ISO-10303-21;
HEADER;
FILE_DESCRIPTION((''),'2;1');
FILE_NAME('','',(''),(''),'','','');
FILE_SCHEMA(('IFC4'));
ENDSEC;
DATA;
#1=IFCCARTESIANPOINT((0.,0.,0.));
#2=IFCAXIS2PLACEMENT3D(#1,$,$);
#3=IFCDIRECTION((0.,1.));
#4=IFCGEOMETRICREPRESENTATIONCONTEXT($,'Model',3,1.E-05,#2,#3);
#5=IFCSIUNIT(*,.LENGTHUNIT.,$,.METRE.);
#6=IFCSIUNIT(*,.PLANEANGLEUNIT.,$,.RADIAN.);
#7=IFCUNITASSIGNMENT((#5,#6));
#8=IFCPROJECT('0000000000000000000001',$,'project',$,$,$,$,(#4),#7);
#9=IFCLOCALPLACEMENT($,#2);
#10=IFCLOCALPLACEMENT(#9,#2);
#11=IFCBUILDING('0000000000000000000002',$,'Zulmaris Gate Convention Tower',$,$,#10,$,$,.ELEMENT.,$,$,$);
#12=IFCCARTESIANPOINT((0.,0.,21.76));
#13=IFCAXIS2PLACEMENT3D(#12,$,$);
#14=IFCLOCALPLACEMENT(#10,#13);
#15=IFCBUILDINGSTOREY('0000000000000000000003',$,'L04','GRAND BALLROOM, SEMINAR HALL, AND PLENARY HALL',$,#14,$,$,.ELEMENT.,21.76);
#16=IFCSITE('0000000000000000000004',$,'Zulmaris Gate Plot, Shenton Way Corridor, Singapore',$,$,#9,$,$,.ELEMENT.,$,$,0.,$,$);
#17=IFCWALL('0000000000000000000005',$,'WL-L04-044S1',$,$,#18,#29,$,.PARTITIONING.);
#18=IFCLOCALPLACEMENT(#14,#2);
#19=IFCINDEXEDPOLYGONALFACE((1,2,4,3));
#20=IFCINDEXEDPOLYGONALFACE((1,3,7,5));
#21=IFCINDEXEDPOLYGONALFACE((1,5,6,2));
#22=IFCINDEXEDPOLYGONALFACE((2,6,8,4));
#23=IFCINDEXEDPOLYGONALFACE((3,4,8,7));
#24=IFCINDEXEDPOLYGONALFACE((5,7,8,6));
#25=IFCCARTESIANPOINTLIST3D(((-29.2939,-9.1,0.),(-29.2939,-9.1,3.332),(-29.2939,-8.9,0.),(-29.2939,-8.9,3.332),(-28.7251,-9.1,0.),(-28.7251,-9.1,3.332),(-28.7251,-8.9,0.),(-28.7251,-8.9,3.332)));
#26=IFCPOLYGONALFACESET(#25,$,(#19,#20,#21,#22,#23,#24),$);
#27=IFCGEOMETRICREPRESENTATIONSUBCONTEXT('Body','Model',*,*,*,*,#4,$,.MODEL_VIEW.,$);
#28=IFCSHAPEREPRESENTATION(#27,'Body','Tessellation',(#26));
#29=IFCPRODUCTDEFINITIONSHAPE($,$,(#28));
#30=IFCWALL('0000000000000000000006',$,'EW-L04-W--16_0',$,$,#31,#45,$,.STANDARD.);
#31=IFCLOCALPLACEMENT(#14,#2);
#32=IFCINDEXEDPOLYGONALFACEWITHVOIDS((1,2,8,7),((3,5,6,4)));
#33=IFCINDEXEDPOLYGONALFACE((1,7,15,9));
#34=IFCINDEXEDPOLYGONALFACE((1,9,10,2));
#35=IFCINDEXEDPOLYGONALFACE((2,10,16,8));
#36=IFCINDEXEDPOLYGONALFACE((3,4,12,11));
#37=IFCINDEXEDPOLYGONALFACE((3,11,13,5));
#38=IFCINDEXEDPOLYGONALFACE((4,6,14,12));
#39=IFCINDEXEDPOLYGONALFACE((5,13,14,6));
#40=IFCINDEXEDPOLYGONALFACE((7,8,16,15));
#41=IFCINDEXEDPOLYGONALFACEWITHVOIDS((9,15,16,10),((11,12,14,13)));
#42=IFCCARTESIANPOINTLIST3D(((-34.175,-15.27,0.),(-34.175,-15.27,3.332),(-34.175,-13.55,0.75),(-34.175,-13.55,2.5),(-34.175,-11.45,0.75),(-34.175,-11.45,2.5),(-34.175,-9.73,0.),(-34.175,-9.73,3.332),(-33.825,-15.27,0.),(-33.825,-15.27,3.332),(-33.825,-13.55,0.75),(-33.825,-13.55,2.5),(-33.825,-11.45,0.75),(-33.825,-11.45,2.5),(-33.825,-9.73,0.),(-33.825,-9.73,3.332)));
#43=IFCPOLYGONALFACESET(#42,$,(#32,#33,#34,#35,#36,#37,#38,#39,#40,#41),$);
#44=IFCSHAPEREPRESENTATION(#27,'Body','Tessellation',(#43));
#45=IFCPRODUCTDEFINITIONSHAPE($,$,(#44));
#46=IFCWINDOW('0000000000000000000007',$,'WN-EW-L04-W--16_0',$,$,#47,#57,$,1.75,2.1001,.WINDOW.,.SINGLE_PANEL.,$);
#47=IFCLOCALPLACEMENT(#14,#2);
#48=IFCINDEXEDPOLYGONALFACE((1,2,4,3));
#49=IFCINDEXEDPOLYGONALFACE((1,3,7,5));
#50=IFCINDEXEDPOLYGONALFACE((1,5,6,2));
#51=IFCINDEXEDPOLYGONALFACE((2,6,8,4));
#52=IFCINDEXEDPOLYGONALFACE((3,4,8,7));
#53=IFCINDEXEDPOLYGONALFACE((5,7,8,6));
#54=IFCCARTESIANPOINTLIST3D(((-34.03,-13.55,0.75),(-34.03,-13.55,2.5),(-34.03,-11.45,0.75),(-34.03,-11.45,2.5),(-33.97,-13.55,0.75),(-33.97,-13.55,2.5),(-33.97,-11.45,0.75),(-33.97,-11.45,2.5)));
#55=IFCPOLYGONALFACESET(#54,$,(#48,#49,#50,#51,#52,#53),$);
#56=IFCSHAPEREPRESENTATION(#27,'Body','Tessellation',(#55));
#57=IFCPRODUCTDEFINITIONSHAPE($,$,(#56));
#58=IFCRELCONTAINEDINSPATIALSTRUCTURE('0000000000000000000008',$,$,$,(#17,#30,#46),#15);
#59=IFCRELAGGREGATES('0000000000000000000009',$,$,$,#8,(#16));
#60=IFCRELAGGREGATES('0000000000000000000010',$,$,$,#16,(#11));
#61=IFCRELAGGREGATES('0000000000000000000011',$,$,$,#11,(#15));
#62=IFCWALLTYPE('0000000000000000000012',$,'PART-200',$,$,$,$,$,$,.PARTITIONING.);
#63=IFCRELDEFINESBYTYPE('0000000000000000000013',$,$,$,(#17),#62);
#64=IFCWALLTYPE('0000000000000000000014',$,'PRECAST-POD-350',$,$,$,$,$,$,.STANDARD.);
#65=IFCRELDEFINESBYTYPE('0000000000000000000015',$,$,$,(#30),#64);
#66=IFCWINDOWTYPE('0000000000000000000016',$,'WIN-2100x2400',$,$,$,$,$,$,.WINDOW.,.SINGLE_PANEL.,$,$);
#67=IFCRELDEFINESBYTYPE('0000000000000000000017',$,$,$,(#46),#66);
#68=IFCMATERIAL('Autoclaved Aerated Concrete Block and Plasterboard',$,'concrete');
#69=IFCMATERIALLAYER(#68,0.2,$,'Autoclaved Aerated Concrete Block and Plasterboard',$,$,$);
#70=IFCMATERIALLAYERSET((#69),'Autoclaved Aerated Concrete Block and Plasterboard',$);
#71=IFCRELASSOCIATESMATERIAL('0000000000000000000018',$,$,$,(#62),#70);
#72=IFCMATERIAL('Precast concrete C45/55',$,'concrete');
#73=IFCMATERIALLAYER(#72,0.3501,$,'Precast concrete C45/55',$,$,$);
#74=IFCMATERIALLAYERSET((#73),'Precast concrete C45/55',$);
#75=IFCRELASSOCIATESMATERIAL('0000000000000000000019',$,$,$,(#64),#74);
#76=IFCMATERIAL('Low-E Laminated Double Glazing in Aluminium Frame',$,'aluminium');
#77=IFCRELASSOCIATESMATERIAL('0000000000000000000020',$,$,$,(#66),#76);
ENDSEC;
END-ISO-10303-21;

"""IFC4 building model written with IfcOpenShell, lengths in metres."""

from ifc_helpers import new_model, si_unit, direction, frame, frame_2d, origin, place, context, subcontext, project, spatial, rectangle, extrude, material, layer, layer_set, type_object, element, fill, save


model = new_model("IFC4")

# Units and contexts
model_context = context("Model", 3, precision=1e-05, world=origin(), true_north=direction((0.0, 1.0)))
body_context = subcontext(model_context, "Body", "Model", "MODEL_VIEW")
ifc_project = project(units=[si_unit("LENGTHUNIT", "METRE"), si_unit("PLANEANGLEUNIT", "RADIAN")], contexts=[model_context])

# Site, building, storey
site_placement = place(None, origin())
site = spatial("IfcSite", under=ifc_project, at=site_placement, Name="Zulmaris Gate Plot, Shenton Way Corridor, Singapore", CompositionType="ELEMENT", RefElevation=0.0)
building_placement = place(site_placement, origin())
building = spatial("IfcBuilding", under=site, at=building_placement, Name="Zulmaris Gate Convention Tower", CompositionType="ELEMENT")
storey_placement = place(building_placement, frame((0.0, 0.0, 21.76)))
storey = spatial("IfcBuildingStorey", under=building, at=storey_placement, Name="L04", Description="GRAND BALLROOM, SEMINAR HALL, AND PLENARY HALL", CompositionType="ELEMENT", Elevation=21.76)

# Wall
ifc_material_1 = material(Name="Autoclaved Aerated Concrete Block and Plasterboard", Category="concrete")
ifc_layer_1 = layer(ifc_material_1, 0.2, Name="Autoclaved Aerated Concrete Block and Plasterboard")
ifc_layer_set_1 = layer_set([ifc_layer_1], Name="Autoclaved Aerated Concrete Block and Plasterboard")
wall_type_1 = type_object("IfcWallType", Name="PART-200", PredefinedType="PARTITIONING", material=ifc_layer_set_1)
wall_1_placement = place(storey_placement, frame((-29.2939, -9.0, 0.0), z_axis=(0.0, 0.0, 1.0), x_axis=(1.0, 0.0, 0.0)))
element("IfcWall", 1, at=wall_1_placement, inside=storey, type_object=wall_type_1, Name="WL-L04-044S1", PredefinedType="PARTITIONING", context=body_context, shape_type="SweptSolid", body=[
    extrude(rectangle(XDim=0.5688, YDim=0.2, at=frame_2d((0.2844, 0.0))), origin(), (0.0, 0.0, 1.0), 3.332),
])

# Wall, opening, window
ifc_material_2 = material(Name="Precast concrete C45/55", Category="concrete")
ifc_layer_2 = layer(ifc_material_2, 0.3501, Name="Precast concrete C45/55")
ifc_layer_set_2 = layer_set([ifc_layer_2], Name="Precast concrete C45/55")
wall_type_2 = type_object("IfcWallType", Name="PRECAST-POD-350", PredefinedType="STANDARD", material=ifc_layer_set_2)
wall_2_placement = place(storey_placement, frame((-34.0, -15.27, 0.0), z_axis=(0.0, 0.0, 1.0), x_axis=(0.0, 1.0, 0.0)))
wall_2 = element("IfcWall", 2, at=wall_2_placement, inside=storey, type_object=wall_type_2, Name="EW-L04-W--16_0", PredefinedType="STANDARD", context=body_context, shape_type="SweptSolid", body=[
    extrude(rectangle(XDim=5.54, YDim=0.3501, at=frame_2d((2.77, 0.0))), origin(), (0.0, 0.0, 1.0), 3.332),
])
opening_1_placement = place(wall_2_placement, frame((1.72, 0.0, 0.75)))
opening_1 = element("IfcOpeningElement", 3, at=opening_1_placement, cuts=wall_2, PredefinedType="OPENING", context=body_context, shape_type="SweptSolid", body=[
    extrude(rectangle(XDim=2.1001, YDim=1.75, at=frame_2d((1.05, 0.875))), frame((0.0, 0.1851, 0.0), z_axis=(0.0, -1.0, 0.0), x_axis=(1.0, 0.0, 0.0)), (0.0, 0.0, 1.0), 0.3701),
])
ifc_material_3 = material(Name="Low-E Laminated Double Glazing in Aluminium Frame", Category="aluminium")
window_type = type_object("IfcWindowType", Name="WIN-2100x2400", PartitioningType="SINGLE_PANEL", PredefinedType="WINDOW", material=ifc_material_3)
window_placement = place(opening_1_placement, origin())
window = element("IfcWindow", 4, at=window_placement, inside=storey, type_object=window_type, Name="WN-EW-L04-W--16_0", OverallHeight=1.75, OverallWidth=2.1001, PartitioningType="SINGLE_PANEL", PredefinedType="WINDOW", context=body_context, shape_type="SweptSolid", body=[
    extrude(rectangle(XDim=2.1001, YDim=1.75, at=frame_2d((1.05, 0.875))), frame((0.0, 0.03, 0.0), z_axis=(0.0, -1.0, 0.0), x_axis=(1.0, 0.0, 0.0)), (0.0, 0.0, 1.0), 0.0601),
])
fill(opening_1, window)

save(model, "model.ifc")
